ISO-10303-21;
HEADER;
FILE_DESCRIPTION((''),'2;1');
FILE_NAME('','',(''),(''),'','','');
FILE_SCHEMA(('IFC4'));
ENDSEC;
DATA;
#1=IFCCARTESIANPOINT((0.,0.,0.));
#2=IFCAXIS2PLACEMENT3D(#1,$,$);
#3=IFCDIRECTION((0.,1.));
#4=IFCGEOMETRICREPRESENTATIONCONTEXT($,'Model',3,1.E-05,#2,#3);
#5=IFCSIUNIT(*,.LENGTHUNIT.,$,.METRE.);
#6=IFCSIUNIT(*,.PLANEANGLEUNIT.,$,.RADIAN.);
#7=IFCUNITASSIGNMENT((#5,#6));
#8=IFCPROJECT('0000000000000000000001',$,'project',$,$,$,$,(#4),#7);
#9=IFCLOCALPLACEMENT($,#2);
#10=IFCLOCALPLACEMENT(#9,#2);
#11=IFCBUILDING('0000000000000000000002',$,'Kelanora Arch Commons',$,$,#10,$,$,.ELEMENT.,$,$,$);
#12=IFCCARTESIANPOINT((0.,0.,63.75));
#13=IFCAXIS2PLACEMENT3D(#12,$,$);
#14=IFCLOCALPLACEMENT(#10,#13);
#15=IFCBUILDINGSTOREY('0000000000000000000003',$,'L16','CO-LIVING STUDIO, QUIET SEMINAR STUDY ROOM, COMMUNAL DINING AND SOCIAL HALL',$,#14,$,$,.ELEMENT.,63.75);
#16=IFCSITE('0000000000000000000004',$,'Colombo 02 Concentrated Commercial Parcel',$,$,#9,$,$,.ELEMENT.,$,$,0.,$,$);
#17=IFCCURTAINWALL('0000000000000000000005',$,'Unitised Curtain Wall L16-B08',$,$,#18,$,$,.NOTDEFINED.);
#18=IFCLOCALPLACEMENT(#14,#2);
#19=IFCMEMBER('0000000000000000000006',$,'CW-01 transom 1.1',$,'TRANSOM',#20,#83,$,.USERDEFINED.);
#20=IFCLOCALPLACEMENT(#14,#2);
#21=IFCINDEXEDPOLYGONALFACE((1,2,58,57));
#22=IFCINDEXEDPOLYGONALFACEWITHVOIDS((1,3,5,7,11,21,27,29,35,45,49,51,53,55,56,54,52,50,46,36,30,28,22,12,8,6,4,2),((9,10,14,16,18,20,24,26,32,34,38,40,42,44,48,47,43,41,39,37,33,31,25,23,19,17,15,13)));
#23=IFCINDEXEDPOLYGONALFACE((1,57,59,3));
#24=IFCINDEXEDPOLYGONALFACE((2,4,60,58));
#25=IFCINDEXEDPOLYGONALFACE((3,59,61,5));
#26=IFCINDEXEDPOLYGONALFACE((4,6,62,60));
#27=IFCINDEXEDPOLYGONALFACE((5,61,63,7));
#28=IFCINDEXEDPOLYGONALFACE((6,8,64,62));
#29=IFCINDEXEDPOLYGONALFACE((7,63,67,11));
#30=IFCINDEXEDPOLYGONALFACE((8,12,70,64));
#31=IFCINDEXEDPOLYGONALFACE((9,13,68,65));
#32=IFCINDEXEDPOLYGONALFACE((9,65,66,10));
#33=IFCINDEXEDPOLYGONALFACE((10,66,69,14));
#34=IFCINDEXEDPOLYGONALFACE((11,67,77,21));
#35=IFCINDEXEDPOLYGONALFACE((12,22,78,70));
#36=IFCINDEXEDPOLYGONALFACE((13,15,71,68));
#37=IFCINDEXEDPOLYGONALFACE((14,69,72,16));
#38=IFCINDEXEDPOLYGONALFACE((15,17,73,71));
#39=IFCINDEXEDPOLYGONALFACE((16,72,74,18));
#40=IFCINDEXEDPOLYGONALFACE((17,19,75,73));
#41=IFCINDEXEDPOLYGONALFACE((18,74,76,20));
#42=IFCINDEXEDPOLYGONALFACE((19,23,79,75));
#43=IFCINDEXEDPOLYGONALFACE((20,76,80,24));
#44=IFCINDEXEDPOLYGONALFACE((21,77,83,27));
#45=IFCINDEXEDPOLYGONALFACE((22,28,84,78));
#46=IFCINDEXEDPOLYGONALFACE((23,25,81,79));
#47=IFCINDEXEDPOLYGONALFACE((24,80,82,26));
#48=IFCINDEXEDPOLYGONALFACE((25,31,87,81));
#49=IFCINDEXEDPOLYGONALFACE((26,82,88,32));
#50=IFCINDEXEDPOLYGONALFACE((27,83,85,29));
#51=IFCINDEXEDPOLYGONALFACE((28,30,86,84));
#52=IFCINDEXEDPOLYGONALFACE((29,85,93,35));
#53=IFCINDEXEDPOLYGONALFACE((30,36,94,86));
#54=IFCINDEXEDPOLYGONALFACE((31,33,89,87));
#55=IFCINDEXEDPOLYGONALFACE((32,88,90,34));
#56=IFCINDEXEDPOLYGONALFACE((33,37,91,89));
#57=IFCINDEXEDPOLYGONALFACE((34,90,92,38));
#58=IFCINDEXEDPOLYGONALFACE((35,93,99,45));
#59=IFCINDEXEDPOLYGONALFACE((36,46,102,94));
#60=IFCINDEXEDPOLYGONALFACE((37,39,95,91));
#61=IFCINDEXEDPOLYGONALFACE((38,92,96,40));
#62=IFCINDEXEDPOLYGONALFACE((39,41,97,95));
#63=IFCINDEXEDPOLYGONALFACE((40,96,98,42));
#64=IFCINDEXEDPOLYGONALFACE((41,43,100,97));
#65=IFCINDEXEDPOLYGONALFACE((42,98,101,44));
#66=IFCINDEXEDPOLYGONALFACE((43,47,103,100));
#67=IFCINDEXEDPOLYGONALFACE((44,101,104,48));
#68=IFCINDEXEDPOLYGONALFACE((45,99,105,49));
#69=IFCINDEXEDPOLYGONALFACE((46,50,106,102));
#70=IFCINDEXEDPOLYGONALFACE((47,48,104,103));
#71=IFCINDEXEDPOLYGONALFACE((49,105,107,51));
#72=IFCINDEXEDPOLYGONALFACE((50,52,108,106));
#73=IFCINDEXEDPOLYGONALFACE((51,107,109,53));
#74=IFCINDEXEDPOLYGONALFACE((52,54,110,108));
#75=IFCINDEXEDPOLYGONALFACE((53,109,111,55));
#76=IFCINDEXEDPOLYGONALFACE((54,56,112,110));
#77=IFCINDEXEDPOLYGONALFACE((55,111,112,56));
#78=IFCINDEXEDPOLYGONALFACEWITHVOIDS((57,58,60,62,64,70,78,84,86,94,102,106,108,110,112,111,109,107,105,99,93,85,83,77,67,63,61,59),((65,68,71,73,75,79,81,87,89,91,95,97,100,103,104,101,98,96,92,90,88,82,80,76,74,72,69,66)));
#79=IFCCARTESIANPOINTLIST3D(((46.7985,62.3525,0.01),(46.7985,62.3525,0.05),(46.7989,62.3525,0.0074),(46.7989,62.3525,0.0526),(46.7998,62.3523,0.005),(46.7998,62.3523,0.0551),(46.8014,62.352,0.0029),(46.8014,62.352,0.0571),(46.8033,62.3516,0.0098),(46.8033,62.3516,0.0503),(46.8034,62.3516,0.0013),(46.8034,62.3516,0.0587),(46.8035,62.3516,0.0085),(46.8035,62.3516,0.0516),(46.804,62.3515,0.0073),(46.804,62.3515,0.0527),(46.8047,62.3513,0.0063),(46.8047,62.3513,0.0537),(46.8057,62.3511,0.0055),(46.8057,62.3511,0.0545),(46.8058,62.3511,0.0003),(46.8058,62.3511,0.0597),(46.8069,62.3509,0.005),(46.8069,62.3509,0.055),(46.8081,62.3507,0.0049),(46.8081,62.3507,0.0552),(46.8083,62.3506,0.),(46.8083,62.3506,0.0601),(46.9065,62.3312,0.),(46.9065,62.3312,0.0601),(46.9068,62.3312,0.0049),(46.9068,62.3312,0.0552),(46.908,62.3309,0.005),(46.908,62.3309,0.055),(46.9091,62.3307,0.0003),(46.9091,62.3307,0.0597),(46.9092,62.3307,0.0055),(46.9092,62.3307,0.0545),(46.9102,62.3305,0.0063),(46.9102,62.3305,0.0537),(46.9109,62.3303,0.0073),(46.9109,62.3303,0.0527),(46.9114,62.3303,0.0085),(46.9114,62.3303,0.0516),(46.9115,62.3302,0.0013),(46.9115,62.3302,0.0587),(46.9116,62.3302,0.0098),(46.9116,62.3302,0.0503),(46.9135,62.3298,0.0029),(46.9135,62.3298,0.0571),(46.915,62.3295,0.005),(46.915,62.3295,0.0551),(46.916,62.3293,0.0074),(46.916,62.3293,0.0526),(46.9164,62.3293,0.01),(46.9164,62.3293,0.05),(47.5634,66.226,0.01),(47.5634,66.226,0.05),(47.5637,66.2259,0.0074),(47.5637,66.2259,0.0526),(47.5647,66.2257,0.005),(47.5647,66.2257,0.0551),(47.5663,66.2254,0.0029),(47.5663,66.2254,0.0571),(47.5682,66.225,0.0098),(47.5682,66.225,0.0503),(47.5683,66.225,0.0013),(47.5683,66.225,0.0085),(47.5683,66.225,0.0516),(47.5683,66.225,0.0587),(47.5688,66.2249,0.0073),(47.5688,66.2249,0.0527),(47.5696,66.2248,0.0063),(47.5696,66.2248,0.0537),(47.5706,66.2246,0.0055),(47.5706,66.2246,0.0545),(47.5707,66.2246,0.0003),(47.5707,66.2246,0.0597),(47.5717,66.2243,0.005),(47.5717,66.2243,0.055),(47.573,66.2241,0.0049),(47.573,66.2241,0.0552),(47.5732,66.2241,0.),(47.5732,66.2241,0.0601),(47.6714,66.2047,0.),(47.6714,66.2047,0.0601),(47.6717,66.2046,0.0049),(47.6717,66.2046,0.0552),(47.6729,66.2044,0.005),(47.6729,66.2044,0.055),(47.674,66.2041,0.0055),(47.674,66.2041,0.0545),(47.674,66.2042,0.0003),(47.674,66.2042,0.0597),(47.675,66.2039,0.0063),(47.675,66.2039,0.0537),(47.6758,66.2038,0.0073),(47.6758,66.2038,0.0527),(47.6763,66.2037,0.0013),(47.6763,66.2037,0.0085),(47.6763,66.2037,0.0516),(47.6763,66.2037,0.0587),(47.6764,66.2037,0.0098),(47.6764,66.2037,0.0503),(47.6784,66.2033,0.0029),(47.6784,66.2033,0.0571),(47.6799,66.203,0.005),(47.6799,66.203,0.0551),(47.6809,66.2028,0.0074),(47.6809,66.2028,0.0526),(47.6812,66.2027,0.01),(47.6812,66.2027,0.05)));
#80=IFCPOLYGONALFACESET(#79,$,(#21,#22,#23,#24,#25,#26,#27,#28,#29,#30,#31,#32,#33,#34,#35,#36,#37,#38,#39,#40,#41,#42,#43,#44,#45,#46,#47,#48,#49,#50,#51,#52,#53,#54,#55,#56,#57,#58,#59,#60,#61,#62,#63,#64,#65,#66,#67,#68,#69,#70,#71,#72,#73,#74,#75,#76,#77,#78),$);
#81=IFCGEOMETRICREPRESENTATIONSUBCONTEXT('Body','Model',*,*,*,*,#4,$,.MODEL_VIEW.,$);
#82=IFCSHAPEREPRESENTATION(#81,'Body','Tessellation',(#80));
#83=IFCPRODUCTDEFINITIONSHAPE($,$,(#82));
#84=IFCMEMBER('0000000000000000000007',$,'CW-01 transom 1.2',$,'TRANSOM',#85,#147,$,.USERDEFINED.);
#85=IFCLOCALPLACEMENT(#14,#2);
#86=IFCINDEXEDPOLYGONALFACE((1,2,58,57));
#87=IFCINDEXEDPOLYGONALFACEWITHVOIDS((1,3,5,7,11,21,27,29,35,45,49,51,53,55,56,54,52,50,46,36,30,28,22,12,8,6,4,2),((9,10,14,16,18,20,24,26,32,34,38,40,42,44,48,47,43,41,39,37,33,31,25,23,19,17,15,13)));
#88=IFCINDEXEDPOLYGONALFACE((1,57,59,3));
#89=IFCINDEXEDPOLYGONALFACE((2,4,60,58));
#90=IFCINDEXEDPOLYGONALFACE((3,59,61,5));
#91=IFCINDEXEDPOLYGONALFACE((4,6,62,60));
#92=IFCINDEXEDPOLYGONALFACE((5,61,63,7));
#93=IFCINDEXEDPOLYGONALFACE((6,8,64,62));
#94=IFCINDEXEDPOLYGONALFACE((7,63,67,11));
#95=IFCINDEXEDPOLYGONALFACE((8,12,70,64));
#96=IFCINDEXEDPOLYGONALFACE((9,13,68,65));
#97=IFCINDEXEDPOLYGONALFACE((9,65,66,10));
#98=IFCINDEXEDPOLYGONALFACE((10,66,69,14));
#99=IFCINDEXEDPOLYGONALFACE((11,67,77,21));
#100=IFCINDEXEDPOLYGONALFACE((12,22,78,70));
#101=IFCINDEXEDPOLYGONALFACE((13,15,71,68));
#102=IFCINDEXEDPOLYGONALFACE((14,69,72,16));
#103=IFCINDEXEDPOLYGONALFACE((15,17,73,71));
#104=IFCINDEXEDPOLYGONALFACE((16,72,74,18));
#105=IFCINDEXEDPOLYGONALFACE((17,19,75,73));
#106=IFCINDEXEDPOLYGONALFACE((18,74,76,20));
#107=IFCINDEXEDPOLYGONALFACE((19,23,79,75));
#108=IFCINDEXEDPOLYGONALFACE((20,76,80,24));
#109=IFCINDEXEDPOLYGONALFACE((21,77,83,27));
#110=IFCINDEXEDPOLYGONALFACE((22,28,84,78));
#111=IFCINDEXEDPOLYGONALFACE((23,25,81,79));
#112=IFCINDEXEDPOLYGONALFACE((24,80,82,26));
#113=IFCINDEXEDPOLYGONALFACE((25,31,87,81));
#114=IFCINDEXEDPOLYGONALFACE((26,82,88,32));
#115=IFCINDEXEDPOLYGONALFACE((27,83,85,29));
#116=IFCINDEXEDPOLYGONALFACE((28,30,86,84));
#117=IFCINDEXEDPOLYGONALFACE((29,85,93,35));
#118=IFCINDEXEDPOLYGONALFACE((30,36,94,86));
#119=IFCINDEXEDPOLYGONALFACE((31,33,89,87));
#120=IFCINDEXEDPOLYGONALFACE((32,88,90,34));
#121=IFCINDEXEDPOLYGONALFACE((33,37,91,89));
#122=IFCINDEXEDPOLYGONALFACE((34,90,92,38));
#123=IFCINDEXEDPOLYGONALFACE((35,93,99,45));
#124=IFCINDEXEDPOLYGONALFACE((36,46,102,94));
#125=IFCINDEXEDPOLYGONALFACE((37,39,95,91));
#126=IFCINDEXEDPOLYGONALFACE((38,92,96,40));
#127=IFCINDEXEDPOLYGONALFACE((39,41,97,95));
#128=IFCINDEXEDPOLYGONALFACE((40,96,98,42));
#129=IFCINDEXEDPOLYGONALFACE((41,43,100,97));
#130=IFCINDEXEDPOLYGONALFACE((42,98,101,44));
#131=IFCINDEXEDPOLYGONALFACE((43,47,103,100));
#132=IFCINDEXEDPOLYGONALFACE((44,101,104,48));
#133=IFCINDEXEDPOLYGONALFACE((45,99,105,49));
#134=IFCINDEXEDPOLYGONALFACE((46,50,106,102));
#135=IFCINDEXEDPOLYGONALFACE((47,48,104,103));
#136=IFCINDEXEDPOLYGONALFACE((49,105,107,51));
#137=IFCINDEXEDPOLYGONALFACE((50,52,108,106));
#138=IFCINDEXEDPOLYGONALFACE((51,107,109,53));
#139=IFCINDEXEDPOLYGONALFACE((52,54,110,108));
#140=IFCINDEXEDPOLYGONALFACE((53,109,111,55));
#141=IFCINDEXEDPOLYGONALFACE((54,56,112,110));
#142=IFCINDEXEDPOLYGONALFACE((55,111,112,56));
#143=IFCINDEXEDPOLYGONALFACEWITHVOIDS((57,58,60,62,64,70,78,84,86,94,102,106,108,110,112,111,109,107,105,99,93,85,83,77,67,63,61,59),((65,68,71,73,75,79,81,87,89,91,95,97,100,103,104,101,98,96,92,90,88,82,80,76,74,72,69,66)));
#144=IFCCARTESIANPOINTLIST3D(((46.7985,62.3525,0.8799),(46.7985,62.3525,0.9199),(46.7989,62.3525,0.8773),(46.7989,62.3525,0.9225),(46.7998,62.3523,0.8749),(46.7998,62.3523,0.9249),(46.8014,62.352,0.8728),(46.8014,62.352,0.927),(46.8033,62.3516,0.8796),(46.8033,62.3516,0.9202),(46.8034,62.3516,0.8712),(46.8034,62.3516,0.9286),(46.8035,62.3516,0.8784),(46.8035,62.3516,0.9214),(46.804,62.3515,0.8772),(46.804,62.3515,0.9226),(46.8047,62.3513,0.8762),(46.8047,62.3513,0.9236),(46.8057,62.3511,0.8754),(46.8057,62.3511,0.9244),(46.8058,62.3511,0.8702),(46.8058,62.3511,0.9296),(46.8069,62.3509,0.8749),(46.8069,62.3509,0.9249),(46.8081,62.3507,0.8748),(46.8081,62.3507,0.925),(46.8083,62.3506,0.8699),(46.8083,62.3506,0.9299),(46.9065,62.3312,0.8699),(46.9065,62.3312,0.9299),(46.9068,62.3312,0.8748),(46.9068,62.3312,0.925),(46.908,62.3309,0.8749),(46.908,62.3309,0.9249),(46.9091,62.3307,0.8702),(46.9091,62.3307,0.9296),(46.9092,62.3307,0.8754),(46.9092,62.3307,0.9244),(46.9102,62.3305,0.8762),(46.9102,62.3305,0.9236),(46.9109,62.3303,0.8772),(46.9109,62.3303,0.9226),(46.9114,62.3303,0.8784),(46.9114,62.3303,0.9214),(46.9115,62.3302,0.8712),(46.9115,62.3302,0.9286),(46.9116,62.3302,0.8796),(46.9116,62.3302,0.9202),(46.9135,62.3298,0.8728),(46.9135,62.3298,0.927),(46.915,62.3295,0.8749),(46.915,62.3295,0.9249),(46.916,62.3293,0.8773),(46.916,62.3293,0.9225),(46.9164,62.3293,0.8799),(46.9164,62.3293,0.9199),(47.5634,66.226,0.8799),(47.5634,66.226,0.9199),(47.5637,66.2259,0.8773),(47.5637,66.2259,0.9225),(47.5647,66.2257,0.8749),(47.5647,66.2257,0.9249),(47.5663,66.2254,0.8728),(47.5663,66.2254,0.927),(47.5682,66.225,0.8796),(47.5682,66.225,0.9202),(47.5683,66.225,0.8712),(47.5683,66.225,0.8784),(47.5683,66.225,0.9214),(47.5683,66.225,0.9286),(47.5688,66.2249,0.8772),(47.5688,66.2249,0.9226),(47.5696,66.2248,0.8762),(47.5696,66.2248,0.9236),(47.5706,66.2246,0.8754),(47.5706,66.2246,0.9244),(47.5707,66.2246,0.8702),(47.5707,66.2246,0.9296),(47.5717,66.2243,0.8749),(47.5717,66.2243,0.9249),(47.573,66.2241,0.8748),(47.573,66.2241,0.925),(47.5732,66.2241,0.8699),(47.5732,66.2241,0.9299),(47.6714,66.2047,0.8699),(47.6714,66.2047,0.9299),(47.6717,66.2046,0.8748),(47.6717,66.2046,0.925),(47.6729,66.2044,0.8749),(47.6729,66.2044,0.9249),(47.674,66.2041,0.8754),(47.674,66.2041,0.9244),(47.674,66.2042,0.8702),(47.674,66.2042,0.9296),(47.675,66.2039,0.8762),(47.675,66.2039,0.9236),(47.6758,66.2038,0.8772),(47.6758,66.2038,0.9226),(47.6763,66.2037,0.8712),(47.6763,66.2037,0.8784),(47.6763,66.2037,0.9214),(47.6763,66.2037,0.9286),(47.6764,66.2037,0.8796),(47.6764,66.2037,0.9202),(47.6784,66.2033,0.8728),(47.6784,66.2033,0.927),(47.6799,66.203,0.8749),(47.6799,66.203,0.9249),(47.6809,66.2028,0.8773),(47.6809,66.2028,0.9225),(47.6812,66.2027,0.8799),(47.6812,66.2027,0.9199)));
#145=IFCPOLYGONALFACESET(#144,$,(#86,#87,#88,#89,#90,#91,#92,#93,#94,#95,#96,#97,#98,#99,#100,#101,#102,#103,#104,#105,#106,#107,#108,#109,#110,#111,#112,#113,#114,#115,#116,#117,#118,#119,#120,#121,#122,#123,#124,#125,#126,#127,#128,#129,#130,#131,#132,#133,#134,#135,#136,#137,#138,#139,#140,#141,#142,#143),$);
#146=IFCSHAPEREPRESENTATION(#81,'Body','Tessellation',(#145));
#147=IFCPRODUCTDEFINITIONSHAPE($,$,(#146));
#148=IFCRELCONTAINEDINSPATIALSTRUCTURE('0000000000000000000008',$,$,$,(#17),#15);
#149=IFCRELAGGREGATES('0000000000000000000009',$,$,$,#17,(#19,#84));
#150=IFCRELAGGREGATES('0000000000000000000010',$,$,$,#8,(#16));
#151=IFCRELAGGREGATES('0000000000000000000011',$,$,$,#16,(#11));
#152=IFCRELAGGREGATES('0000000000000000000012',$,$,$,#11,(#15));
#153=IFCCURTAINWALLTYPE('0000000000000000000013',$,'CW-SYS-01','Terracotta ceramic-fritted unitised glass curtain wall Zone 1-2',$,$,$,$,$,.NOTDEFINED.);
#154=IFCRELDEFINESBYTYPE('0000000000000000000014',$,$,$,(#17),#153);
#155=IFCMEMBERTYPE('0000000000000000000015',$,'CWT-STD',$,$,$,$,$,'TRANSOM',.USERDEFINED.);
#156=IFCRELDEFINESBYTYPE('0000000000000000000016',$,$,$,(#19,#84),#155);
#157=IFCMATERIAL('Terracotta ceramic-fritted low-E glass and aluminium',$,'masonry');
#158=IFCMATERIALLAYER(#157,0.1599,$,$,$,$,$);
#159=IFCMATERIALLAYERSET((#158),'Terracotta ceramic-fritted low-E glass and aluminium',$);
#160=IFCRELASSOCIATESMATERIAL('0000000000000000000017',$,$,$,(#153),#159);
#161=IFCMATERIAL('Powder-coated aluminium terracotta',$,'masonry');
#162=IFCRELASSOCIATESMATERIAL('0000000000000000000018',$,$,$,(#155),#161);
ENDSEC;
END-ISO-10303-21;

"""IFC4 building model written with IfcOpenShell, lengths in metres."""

from ifc_helpers import new_model, si_unit, direction, frame, origin, origin_2d, place, context, subcontext, project, spatial, hollow_rectangle, extrude, material, layer, layer_set, material_profile, profile_set, type_object, element, aggregate, save


model = new_model("IFC4")

# Units and contexts
model_context = context("Model", 3, precision=1e-05, world=origin(), true_north=direction((0.0, 1.0)))
body_context = subcontext(model_context, "Body", "Model", "MODEL_VIEW")
ifc_project = project(units=[si_unit("LENGTHUNIT", "METRE"), si_unit("PLANEANGLEUNIT", "RADIAN")], contexts=[model_context])

# Site, building, storey
site_placement = place(None, origin())
site = spatial("IfcSite", under=ifc_project, at=site_placement, Name="Colombo 02 Concentrated Commercial Parcel", CompositionType="ELEMENT", RefElevation=0.0)
building_placement = place(site_placement, origin())
building = spatial("IfcBuilding", under=site, at=building_placement, Name="Kelanora Arch Commons", CompositionType="ELEMENT")
storey_placement = place(building_placement, frame((0.0, 0.0, 63.75)))
storey = spatial("IfcBuildingStorey", under=building, at=storey_placement, Name="L16", Description="CO-LIVING STUDIO, QUIET SEMINAR STUDY ROOM, COMMUNAL DINING AND SOCIAL HALL", CompositionType="ELEMENT", Elevation=63.75)

# Curtain wall, members
ifc_material_1 = material(Name="Terracotta ceramic-fritted low-E glass and aluminium", Category="masonry")
ifc_layer_1 = layer(ifc_material_1, 0.1599)
ifc_layer_set_1 = layer_set([ifc_layer_1], Name="Terracotta ceramic-fritted low-E glass and aluminium")
curtain_wall_type = type_object("IfcCurtainWallType", Name="CW-SYS-01", Description="Terracotta ceramic-fritted unitised glass curtain wall Zone 1-2", PredefinedType="NOTDEFINED", material=ifc_layer_set_1)
curtain_wall_placement = place(storey_placement, origin())
curtain_wall = element("IfcCurtainWall", 1, at=curtain_wall_placement, inside=storey, type_object=curtain_wall_type, Name="Unitised Curtain Wall L16-B08", PredefinedType="NOTDEFINED")
ifc_material_2 = material(Name="Powder-coated aluminium terracotta", Category="masonry")
ifc_material_profile_1 = material_profile(ifc_material_2, hollow_rectangle(XDim=0.1201, YDim=0.0601, WallThickness=0.0049, InnerFilletRadius=0.0049, OuterFilletRadius=0.01, at=origin_2d()), Name="CWT120x60")
ifc_profile_set_1 = profile_set([ifc_material_profile_1], Name="Powder-coated aluminium terracotta")
member_type_1 = type_object("IfcMemberType", Name="CWT-STD", ElementType="TRANSOM", PredefinedType="USERDEFINED", material=ifc_profile_set_1)
member_1_placement = place(storey_placement, frame((47.6223, 66.2144, 0.03), z_axis=(-0.193725, -0.981056, 0.0), x_axis=(0.981056, -0.193725, 0.0)))
member_1 = element("IfcMember", 2, at=member_1_placement, type_object=member_type_1, Name="CW-01 transom 1.1", ObjectType="TRANSOM", PredefinedType="USERDEFINED", context=body_context, shape_type="SweptSolid", body=[
    extrude(hollow_rectangle(XDim=0.1201, YDim=0.0601, WallThickness=0.0049, InnerFilletRadius=0.0049, OuterFilletRadius=0.01, at=origin_2d()), origin(), (0.0, 0.0, 1.0), 3.9482),
])
member_2_placement = place(storey_placement, frame((47.6223, 66.2144, 0.8999), z_axis=(-0.193725, -0.981056, 0.0), x_axis=(0.981056, -0.193725, 0.0)))
member_2 = element("IfcMember", 3, at=member_2_placement, type_object=member_type_1, Name="CW-01 transom 1.2", ObjectType="TRANSOM", PredefinedType="USERDEFINED", context=body_context, shape_type="SweptSolid", body=[
    extrude(hollow_rectangle(XDim=0.1201, YDim=0.0601, WallThickness=0.0049, InnerFilletRadius=0.0049, OuterFilletRadius=0.01, at=origin_2d()), origin(), (0.0, 0.0, 1.0), 3.9482),
])
aggregate(curtain_wall, [member_1, member_2])

save(model, "model.ifc")
